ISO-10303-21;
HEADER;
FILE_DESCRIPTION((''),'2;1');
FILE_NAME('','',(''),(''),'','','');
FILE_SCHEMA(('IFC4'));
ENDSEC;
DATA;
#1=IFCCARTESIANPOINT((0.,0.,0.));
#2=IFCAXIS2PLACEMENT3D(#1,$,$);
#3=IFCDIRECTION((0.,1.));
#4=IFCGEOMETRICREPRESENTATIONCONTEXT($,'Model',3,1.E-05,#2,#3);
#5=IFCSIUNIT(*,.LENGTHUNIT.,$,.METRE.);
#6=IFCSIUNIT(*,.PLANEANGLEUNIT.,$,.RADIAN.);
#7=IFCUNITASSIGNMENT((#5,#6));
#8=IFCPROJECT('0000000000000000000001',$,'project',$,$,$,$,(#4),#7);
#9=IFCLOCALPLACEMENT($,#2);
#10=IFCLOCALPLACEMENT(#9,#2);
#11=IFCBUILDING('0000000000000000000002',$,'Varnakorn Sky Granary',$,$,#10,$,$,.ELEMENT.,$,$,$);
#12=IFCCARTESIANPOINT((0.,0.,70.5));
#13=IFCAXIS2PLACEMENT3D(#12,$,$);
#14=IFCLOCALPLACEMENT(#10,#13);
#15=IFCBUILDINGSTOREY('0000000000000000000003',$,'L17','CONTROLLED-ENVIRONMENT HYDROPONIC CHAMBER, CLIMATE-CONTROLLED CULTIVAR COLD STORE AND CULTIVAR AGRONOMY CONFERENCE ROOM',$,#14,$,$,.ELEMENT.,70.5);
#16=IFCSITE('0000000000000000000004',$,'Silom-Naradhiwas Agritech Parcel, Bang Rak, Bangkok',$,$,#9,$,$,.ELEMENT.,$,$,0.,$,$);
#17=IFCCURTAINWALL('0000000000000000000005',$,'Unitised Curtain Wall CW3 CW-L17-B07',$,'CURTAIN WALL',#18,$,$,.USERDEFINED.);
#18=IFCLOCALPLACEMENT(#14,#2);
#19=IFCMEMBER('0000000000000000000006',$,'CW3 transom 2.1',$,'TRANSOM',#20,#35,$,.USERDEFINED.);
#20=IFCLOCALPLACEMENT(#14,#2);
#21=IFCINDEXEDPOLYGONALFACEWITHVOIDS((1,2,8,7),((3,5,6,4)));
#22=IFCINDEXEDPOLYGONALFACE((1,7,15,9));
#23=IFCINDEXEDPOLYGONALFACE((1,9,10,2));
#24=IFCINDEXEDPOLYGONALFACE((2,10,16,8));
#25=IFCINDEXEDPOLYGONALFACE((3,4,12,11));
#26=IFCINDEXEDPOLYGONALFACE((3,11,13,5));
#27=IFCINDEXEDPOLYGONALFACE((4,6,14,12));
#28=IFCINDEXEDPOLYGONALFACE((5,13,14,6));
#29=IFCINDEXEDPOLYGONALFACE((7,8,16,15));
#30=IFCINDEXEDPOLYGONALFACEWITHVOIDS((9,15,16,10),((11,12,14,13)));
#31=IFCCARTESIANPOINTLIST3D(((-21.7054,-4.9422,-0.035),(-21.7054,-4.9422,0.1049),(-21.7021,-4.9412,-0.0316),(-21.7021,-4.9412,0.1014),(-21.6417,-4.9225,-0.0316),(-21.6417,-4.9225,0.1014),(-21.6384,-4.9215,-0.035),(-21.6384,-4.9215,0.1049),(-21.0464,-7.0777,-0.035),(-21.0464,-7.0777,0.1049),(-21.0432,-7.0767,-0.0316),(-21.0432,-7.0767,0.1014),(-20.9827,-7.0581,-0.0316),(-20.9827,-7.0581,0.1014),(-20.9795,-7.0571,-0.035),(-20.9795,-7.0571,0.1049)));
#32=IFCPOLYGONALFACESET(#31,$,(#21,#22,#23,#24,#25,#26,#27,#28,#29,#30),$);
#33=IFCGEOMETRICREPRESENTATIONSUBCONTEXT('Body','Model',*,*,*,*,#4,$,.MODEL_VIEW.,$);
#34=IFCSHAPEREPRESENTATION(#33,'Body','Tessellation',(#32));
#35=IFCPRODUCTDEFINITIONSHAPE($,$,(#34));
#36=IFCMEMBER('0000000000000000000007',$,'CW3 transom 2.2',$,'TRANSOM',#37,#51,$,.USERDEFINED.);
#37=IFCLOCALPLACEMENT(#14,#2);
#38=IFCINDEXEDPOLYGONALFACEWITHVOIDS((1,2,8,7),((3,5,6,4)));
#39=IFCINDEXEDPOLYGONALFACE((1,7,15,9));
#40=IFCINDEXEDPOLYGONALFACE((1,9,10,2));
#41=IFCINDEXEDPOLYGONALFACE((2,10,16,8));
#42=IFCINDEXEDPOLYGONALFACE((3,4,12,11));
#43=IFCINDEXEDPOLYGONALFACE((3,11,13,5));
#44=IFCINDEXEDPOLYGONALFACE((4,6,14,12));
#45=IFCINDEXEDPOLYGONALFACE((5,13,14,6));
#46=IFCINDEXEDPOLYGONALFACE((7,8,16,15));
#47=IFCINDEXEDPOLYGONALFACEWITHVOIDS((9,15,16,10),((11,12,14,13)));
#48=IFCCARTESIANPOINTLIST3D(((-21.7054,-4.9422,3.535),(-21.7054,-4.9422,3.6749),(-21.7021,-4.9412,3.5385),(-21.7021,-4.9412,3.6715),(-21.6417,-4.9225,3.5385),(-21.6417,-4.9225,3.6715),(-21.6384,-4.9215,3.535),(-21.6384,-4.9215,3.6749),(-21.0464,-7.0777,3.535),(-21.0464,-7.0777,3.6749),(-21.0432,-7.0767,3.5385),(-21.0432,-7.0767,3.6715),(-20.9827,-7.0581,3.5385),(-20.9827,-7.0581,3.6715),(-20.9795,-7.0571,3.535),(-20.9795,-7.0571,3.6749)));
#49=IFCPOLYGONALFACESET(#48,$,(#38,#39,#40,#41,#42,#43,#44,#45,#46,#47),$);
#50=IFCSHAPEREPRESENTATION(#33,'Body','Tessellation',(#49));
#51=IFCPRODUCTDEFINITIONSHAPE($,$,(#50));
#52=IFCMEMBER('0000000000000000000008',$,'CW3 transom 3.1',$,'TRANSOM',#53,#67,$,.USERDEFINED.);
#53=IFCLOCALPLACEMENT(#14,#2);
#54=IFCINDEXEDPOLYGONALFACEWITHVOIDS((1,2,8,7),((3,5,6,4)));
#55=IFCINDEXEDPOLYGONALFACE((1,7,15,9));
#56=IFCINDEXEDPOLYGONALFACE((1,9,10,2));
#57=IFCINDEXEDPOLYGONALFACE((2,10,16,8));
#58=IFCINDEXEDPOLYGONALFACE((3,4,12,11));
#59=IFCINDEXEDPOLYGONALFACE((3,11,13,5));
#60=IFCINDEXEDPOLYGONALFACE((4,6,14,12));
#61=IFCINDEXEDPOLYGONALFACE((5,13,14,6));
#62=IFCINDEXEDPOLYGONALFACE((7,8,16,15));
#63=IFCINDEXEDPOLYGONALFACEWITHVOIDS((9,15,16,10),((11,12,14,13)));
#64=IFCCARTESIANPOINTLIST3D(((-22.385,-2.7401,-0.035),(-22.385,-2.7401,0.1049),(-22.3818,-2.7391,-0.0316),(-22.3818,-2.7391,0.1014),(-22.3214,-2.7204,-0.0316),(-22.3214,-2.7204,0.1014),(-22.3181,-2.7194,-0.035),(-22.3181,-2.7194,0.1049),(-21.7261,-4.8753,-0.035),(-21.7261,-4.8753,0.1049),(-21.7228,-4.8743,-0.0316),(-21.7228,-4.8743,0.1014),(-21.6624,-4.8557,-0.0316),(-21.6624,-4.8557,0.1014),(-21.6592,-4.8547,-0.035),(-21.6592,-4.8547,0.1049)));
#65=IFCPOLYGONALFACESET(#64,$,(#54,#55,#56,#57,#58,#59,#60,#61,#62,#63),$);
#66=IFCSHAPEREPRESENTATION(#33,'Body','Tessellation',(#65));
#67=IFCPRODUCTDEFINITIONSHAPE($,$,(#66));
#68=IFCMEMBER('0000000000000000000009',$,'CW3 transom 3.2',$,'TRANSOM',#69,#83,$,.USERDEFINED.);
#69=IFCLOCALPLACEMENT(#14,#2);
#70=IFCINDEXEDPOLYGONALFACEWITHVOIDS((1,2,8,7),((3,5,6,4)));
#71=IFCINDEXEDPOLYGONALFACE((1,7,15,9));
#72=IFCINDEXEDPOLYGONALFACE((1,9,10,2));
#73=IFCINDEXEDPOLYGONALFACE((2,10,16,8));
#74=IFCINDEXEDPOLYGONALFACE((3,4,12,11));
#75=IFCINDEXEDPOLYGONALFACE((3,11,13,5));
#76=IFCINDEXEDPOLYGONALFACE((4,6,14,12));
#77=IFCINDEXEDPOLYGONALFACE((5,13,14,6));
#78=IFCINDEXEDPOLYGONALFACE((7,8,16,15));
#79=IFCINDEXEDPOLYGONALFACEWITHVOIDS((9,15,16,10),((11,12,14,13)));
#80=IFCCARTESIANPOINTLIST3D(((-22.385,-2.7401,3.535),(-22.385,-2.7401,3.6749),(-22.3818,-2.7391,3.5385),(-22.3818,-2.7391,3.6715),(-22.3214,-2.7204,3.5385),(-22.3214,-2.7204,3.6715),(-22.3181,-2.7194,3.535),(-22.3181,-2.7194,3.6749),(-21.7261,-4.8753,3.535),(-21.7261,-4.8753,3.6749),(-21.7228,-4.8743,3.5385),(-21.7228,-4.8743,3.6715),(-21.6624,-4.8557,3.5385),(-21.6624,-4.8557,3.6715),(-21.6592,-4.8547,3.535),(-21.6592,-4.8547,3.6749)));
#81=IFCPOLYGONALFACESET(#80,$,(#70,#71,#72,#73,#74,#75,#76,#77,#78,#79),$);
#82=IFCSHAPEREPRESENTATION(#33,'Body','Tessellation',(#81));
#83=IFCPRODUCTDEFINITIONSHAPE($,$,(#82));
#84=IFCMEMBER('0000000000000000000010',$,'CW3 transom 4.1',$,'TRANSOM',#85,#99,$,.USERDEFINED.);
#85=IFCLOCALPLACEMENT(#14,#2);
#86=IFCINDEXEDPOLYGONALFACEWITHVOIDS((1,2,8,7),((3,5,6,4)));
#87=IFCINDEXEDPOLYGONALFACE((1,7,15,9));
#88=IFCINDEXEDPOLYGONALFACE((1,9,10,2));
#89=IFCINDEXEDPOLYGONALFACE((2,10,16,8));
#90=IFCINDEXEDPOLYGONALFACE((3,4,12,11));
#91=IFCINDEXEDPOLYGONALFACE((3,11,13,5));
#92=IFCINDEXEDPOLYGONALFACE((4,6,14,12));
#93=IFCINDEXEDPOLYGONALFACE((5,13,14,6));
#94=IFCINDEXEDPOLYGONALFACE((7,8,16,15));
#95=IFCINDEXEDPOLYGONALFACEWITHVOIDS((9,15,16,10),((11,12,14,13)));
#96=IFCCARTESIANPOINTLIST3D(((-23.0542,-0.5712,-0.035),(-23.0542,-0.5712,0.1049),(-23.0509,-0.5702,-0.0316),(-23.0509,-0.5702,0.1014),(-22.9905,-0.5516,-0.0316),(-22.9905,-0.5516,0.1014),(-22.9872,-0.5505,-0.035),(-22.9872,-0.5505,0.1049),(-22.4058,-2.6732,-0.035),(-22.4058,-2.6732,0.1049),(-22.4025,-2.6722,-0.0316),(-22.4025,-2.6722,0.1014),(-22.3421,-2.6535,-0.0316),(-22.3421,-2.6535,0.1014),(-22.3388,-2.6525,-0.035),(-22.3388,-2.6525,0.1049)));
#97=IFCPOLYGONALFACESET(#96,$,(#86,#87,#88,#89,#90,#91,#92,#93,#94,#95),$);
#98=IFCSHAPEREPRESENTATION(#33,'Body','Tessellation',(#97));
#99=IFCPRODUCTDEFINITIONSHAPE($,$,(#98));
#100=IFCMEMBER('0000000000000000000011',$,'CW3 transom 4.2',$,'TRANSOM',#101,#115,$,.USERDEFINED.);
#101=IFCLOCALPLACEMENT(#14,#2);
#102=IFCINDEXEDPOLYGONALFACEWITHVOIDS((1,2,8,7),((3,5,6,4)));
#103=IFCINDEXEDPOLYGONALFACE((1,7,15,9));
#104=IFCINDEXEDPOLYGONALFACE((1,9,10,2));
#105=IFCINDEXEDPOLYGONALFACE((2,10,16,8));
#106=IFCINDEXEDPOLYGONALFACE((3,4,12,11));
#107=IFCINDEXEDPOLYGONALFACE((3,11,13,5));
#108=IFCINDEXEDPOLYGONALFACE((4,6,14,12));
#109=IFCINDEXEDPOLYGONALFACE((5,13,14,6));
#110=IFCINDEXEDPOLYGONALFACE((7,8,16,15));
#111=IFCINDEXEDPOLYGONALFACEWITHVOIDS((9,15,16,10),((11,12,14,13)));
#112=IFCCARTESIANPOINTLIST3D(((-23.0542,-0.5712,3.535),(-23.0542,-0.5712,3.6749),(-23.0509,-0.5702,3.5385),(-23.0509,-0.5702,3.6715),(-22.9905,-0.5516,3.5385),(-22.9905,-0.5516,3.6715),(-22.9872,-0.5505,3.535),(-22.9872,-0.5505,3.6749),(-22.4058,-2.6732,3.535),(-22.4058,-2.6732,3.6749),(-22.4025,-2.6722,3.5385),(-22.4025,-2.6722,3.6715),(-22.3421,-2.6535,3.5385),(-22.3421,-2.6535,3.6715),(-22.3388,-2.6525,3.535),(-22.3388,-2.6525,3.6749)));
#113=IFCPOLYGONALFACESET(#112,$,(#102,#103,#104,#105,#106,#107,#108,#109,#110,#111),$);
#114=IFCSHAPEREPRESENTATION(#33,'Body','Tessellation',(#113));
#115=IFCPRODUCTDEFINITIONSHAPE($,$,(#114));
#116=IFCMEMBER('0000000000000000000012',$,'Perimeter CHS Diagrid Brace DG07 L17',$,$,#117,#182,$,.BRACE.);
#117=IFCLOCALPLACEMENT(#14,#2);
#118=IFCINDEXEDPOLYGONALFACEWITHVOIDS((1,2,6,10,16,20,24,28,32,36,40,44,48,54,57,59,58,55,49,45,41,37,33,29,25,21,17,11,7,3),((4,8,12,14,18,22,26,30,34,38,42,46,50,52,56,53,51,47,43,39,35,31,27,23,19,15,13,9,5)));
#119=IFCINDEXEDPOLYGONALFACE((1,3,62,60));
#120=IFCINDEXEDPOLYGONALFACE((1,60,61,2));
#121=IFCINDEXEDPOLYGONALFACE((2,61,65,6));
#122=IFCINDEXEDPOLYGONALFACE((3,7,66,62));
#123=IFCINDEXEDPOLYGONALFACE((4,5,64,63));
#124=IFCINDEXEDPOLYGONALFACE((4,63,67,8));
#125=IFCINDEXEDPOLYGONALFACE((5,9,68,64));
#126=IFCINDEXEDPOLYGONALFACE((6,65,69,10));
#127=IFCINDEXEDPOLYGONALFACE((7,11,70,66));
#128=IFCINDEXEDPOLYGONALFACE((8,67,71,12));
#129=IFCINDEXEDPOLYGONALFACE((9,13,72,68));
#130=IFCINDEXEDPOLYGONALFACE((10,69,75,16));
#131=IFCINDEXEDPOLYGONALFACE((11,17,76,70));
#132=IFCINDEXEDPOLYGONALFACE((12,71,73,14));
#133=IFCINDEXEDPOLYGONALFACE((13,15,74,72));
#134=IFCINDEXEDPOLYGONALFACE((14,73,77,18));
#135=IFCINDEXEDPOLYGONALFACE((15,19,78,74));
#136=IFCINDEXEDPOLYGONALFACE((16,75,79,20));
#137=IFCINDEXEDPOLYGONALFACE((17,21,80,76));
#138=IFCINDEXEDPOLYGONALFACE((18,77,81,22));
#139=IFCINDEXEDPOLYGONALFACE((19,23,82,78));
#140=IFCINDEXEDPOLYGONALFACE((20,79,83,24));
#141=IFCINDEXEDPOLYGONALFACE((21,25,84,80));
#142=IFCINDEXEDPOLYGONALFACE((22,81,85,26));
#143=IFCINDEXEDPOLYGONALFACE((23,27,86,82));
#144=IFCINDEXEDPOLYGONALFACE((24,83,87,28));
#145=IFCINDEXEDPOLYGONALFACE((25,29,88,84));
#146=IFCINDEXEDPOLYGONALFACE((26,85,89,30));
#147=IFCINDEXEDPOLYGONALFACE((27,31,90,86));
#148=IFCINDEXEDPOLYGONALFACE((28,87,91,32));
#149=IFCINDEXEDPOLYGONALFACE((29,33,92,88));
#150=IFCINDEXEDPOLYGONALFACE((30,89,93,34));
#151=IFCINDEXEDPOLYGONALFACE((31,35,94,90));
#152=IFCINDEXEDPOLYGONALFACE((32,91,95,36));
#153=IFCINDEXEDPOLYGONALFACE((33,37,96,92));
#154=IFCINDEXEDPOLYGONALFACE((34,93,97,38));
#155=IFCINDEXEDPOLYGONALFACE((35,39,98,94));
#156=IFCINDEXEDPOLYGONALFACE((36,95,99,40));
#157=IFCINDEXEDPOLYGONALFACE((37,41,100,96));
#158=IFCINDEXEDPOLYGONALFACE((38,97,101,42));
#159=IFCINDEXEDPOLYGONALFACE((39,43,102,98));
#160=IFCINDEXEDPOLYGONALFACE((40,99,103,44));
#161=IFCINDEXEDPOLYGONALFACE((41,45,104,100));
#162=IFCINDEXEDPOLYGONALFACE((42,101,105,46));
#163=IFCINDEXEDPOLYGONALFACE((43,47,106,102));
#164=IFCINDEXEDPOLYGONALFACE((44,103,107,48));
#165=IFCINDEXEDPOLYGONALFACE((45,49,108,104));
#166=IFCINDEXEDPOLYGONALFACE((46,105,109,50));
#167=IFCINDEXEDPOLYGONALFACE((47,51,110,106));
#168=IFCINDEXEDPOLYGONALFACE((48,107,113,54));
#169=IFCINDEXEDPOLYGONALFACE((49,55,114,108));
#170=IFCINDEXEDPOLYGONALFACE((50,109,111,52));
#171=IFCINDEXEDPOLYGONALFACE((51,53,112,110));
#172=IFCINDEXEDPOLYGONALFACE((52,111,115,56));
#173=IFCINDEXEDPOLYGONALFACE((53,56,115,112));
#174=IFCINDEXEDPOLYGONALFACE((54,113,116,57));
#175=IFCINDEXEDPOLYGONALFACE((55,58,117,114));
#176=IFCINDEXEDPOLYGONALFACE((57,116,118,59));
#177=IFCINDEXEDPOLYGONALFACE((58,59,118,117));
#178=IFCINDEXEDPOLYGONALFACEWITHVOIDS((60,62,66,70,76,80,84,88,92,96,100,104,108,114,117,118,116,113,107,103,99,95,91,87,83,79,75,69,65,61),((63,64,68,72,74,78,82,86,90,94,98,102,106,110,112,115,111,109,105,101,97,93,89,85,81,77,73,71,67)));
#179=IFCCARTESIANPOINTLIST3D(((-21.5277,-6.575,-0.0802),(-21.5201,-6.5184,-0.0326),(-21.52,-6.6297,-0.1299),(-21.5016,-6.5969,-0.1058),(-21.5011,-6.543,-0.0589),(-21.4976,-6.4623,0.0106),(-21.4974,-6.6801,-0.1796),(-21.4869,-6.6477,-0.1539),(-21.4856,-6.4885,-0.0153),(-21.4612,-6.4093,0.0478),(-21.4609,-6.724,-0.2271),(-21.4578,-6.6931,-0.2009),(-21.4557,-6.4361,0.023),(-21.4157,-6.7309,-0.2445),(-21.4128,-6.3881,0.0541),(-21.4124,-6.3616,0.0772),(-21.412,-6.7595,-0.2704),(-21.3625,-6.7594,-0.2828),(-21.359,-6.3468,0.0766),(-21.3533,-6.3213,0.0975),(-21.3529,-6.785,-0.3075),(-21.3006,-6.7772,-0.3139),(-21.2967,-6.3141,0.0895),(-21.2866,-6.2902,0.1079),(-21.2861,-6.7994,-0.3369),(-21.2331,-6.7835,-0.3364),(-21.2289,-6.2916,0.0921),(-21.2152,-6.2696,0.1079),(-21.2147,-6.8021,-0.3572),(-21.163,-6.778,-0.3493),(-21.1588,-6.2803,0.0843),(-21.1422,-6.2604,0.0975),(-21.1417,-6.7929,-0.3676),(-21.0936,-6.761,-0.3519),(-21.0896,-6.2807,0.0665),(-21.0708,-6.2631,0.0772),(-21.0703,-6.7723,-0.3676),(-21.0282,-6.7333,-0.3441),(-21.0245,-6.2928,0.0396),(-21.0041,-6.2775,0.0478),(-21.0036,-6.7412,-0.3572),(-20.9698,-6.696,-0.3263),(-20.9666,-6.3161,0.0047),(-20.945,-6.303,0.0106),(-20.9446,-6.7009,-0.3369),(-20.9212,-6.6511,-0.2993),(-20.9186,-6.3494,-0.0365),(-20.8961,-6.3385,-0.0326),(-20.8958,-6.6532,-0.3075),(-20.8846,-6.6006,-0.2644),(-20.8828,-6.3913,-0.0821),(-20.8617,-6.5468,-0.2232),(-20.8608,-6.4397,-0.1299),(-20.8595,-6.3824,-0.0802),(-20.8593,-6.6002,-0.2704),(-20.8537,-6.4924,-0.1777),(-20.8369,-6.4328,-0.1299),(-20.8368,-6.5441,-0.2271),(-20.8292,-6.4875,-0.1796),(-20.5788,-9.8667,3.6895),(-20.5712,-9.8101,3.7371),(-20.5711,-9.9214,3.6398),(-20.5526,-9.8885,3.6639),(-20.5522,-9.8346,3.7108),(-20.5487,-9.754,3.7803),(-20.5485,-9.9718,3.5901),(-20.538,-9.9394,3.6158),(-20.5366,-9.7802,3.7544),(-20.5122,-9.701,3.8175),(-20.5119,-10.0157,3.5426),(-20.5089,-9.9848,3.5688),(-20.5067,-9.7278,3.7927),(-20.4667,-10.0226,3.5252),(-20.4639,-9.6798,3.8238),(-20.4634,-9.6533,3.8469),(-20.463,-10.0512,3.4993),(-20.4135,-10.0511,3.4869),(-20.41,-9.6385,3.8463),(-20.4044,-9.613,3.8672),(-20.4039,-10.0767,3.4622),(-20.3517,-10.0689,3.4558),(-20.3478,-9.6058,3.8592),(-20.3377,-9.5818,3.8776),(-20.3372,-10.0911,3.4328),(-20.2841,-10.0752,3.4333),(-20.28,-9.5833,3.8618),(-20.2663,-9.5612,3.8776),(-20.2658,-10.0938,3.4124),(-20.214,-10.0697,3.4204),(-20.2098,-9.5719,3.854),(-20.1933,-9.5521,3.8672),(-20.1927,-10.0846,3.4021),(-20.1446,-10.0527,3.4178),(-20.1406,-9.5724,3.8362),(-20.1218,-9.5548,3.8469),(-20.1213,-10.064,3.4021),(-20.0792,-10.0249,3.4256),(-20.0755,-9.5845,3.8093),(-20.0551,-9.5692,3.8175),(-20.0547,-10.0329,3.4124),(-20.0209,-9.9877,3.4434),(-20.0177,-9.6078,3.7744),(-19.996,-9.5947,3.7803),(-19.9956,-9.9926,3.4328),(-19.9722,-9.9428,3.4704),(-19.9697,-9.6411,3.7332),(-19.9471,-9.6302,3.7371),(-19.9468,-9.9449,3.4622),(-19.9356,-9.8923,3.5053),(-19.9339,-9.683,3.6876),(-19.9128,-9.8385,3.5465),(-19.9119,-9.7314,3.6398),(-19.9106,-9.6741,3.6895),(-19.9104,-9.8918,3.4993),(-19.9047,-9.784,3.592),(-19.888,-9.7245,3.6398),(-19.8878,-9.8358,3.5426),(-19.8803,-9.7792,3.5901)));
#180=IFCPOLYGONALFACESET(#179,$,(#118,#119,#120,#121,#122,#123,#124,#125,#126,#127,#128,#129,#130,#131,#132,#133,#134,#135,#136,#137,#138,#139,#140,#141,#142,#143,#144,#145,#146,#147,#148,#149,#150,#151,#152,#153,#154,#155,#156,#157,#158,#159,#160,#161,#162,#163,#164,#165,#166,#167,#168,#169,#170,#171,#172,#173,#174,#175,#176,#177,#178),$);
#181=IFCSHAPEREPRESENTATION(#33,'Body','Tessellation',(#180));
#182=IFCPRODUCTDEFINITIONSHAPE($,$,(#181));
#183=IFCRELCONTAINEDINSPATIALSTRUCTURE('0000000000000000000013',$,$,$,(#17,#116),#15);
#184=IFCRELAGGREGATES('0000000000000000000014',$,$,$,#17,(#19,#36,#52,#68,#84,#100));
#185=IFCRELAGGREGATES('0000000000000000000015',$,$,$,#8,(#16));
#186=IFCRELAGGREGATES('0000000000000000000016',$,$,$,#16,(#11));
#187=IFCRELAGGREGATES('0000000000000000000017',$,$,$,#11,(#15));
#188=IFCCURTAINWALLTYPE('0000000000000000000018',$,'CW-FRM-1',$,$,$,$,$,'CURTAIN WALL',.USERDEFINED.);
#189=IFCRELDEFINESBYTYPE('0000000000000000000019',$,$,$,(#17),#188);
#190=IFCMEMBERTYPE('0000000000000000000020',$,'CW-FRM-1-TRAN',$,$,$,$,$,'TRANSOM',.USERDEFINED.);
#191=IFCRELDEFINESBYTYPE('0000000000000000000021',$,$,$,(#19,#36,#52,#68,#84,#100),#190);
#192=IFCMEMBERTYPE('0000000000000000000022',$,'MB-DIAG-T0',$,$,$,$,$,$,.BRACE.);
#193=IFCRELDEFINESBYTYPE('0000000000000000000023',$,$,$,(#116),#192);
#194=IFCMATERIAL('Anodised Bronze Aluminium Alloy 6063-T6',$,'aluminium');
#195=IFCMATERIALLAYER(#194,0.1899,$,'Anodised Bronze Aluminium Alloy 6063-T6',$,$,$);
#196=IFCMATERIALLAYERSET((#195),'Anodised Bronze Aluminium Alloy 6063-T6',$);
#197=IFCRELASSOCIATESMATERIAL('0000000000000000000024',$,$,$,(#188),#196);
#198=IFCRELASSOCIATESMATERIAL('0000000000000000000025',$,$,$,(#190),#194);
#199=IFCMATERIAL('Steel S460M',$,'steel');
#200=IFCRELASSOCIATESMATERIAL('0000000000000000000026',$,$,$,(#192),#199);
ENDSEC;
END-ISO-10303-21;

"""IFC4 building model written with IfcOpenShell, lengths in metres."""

from ifc_helpers import new_model, si_unit, direction, frame, origin, origin_2d, place, context, subcontext, project, spatial, hollow_rectangle, hollow_circle, extrude, material, layer, layer_set, material_profile, profile_set, type_object, element, aggregate, save


model = new_model("IFC4")

# Units and contexts
model_context = context("Model", 3, precision=1e-05, world=origin(), true_north=direction((0.0, 1.0)))
body_context = subcontext(model_context, "Body", "Model", "MODEL_VIEW")
ifc_project = project(units=[si_unit("LENGTHUNIT", "METRE"), si_unit("PLANEANGLEUNIT", "RADIAN")], contexts=[model_context])

# Site, building, storey
site_placement = place(None, origin())
site = spatial("IfcSite", under=ifc_project, at=site_placement, Name="Silom-Naradhiwas Agritech Parcel, Bang Rak, Bangkok", CompositionType="ELEMENT", RefElevation=0.0)
building_placement = place(site_placement, origin())
building = spatial("IfcBuilding", under=site, at=building_placement, Name="Varnakorn Sky Granary", CompositionType="ELEMENT")
storey_placement = place(building_placement, frame((0.0, 0.0, 70.5)))
storey = spatial("IfcBuildingStorey", under=building, at=storey_placement, Name="L17", Description="CONTROLLED-ENVIRONMENT HYDROPONIC CHAMBER, CLIMATE-CONTROLLED CULTIVAR COLD STORE AND CULTIVAR AGRONOMY CONFERENCE ROOM", CompositionType="ELEMENT", Elevation=70.5)

# Shared definitions
ifc_material_1 = material(Name="Steel S460M", Category="steel")

# Curtain wall, members
ifc_material_2 = material(Name="Anodised Bronze Aluminium Alloy 6063-T6", Category="aluminium")
ifc_layer_1 = layer(ifc_material_2, 0.1899, Name="Anodised Bronze Aluminium Alloy 6063-T6")
ifc_layer_set_1 = layer_set([ifc_layer_1], Name="Anodised Bronze Aluminium Alloy 6063-T6")
curtain_wall_type = type_object("IfcCurtainWallType", Name="CW-FRM-1", ElementType="CURTAIN WALL", PredefinedType="USERDEFINED", material=ifc_layer_set_1)
curtain_wall_placement = place(storey_placement, origin())
curtain_wall = element("IfcCurtainWall", 1, at=curtain_wall_placement, inside=storey, type_object=curtain_wall_type, Name="Unitised Curtain Wall CW3 CW-L17-B07", ObjectType="CURTAIN WALL", PredefinedType="USERDEFINED")
ifc_material_profile_1 = material_profile(ifc_material_2, hollow_rectangle(XDim=0.0701, YDim=0.1399, WallThickness=0.0034, at=origin_2d()), Name="ALU TRAN 70x140")
ifc_profile_set_1 = profile_set([ifc_material_profile_1], Name="Anodised Bronze Aluminium Alloy 6063-T6")
member_type_1 = type_object("IfcMemberType", Name="CW-FRM-1-TRAN", ElementType="TRANSOM", PredefinedType="USERDEFINED", material=ifc_profile_set_1)
member_1_placement = place(storey_placement, frame((-21.0129, -7.0674, 0.0349), z_axis=(-0.294846, 0.955545, 0.0), x_axis=(-0.955545, -0.294846, 0.0)))
member_1 = element("IfcMember", 2, at=member_1_placement, type_object=member_type_1, Name="CW3 transom 2.1", ObjectType="TRANSOM", PredefinedType="USERDEFINED", context=body_context, shape_type="SweptSolid", body=[
    extrude(hollow_rectangle(XDim=0.0701, YDim=0.1399, WallThickness=0.0034, at=origin_2d()), origin(), (0.0, 0.0, 1.0), 2.2349),
])
member_2_placement = place(storey_placement, frame((-21.0129, -7.0674, 3.605), z_axis=(-0.294846, 0.955545, 0.0), x_axis=(-0.955545, -0.294846, 0.0)))
member_2 = element("IfcMember", 3, at=member_2_placement, type_object=member_type_1, Name="CW3 transom 2.2", ObjectType="TRANSOM", PredefinedType="USERDEFINED", context=body_context, shape_type="SweptSolid", body=[
    extrude(hollow_rectangle(XDim=0.0701, YDim=0.1399, WallThickness=0.0034, at=origin_2d()), origin(), (0.0, 0.0, 1.0), 2.2349),
])
member_3_placement = place(storey_placement, frame((-21.6926, -4.865, 0.0349), z_axis=(-0.294877, 0.955535, 0.0), x_axis=(-0.955535, -0.294877, 0.0)))
member_3 = element("IfcMember", 4, at=member_3_placement, type_object=member_type_1, Name="CW3 transom 3.1", ObjectType="TRANSOM", PredefinedType="USERDEFINED", context=body_context, shape_type="SweptSolid", body=[
    extrude(hollow_rectangle(XDim=0.0701, YDim=0.1399, WallThickness=0.0034, at=origin_2d()), origin(), (0.0, 0.0, 1.0), 2.2346),
])
member_4_placement = place(storey_placement, frame((-21.6926, -4.865, 3.605), z_axis=(-0.294877, 0.955535, 0.0), x_axis=(-0.955535, -0.294877, 0.0)))
member_4 = element("IfcMember", 5, at=member_4_placement, type_object=member_type_1, Name="CW3 transom 3.2", ObjectType="TRANSOM", PredefinedType="USERDEFINED", context=body_context, shape_type="SweptSolid", body=[
    extrude(hollow_rectangle(XDim=0.0701, YDim=0.1399, WallThickness=0.0034, at=origin_2d()), origin(), (0.0, 0.0, 1.0), 2.2346),
])
member_5_placement = place(storey_placement, frame((-22.3723, -2.6628, 0.0349), z_axis=(-0.294772, 0.955568, 0.0), x_axis=(-0.955568, -0.294772, 0.0)))
member_5 = element("IfcMember", 6, at=member_5_placement, type_object=member_type_1, Name="CW3 transom 4.1", ObjectType="TRANSOM", PredefinedType="USERDEFINED", context=body_context, shape_type="SweptSolid", body=[
    extrude(hollow_rectangle(XDim=0.0701, YDim=0.1399, WallThickness=0.0034, at=origin_2d()), origin(), (0.0, 0.0, 1.0), 2.1997),
])
member_6_placement = place(storey_placement, frame((-22.3723, -2.6628, 3.605), z_axis=(-0.294772, 0.955568, 0.0), x_axis=(-0.955568, -0.294772, 0.0)))
member_6 = element("IfcMember", 7, at=member_6_placement, type_object=member_type_1, Name="CW3 transom 4.2", ObjectType="TRANSOM", PredefinedType="USERDEFINED", context=body_context, shape_type="SweptSolid", body=[
    extrude(hollow_rectangle(XDim=0.0701, YDim=0.1399, WallThickness=0.0034, at=origin_2d()), origin(), (0.0, 0.0, 1.0), 2.1997),
])

# Member
ifc_material_profile_2 = material_profile(ifc_material_1, hollow_circle(Radius=0.3555, WallThickness=0.0249, at=origin_2d()), Name="CHS 711x25")
ifc_profile_set_2 = profile_set([ifc_material_profile_2], Name="Steel S460M")
member_type_2 = type_object("IfcMemberType", Name="MB-DIAG-T0", PredefinedType="BRACE", material=ifc_profile_set_2)
member_7_placement = place(storey_placement, frame((-21.1785, -6.5312, -0.1299), z_axis=(0.186298, -0.646219, 0.740063), x_axis=(0.960868, 0.277008, 0.0)))
element("IfcMember", 8, at=member_7_placement, inside=storey, type_object=member_type_2, Name="Perimeter CHS Diagrid Brace DG07 L17", PredefinedType="BRACE", context=body_context, shape_type="SweptSolid", body=[
    extrude(hollow_circle(Radius=0.3555, WallThickness=0.0249, at=origin_2d()), origin(), (0.0, 0.0, 1.0), 5.0938),
])

aggregate(curtain_wall, [member_1, member_2, member_3, member_4, member_5, member_6])

save(model, "model.ifc")
